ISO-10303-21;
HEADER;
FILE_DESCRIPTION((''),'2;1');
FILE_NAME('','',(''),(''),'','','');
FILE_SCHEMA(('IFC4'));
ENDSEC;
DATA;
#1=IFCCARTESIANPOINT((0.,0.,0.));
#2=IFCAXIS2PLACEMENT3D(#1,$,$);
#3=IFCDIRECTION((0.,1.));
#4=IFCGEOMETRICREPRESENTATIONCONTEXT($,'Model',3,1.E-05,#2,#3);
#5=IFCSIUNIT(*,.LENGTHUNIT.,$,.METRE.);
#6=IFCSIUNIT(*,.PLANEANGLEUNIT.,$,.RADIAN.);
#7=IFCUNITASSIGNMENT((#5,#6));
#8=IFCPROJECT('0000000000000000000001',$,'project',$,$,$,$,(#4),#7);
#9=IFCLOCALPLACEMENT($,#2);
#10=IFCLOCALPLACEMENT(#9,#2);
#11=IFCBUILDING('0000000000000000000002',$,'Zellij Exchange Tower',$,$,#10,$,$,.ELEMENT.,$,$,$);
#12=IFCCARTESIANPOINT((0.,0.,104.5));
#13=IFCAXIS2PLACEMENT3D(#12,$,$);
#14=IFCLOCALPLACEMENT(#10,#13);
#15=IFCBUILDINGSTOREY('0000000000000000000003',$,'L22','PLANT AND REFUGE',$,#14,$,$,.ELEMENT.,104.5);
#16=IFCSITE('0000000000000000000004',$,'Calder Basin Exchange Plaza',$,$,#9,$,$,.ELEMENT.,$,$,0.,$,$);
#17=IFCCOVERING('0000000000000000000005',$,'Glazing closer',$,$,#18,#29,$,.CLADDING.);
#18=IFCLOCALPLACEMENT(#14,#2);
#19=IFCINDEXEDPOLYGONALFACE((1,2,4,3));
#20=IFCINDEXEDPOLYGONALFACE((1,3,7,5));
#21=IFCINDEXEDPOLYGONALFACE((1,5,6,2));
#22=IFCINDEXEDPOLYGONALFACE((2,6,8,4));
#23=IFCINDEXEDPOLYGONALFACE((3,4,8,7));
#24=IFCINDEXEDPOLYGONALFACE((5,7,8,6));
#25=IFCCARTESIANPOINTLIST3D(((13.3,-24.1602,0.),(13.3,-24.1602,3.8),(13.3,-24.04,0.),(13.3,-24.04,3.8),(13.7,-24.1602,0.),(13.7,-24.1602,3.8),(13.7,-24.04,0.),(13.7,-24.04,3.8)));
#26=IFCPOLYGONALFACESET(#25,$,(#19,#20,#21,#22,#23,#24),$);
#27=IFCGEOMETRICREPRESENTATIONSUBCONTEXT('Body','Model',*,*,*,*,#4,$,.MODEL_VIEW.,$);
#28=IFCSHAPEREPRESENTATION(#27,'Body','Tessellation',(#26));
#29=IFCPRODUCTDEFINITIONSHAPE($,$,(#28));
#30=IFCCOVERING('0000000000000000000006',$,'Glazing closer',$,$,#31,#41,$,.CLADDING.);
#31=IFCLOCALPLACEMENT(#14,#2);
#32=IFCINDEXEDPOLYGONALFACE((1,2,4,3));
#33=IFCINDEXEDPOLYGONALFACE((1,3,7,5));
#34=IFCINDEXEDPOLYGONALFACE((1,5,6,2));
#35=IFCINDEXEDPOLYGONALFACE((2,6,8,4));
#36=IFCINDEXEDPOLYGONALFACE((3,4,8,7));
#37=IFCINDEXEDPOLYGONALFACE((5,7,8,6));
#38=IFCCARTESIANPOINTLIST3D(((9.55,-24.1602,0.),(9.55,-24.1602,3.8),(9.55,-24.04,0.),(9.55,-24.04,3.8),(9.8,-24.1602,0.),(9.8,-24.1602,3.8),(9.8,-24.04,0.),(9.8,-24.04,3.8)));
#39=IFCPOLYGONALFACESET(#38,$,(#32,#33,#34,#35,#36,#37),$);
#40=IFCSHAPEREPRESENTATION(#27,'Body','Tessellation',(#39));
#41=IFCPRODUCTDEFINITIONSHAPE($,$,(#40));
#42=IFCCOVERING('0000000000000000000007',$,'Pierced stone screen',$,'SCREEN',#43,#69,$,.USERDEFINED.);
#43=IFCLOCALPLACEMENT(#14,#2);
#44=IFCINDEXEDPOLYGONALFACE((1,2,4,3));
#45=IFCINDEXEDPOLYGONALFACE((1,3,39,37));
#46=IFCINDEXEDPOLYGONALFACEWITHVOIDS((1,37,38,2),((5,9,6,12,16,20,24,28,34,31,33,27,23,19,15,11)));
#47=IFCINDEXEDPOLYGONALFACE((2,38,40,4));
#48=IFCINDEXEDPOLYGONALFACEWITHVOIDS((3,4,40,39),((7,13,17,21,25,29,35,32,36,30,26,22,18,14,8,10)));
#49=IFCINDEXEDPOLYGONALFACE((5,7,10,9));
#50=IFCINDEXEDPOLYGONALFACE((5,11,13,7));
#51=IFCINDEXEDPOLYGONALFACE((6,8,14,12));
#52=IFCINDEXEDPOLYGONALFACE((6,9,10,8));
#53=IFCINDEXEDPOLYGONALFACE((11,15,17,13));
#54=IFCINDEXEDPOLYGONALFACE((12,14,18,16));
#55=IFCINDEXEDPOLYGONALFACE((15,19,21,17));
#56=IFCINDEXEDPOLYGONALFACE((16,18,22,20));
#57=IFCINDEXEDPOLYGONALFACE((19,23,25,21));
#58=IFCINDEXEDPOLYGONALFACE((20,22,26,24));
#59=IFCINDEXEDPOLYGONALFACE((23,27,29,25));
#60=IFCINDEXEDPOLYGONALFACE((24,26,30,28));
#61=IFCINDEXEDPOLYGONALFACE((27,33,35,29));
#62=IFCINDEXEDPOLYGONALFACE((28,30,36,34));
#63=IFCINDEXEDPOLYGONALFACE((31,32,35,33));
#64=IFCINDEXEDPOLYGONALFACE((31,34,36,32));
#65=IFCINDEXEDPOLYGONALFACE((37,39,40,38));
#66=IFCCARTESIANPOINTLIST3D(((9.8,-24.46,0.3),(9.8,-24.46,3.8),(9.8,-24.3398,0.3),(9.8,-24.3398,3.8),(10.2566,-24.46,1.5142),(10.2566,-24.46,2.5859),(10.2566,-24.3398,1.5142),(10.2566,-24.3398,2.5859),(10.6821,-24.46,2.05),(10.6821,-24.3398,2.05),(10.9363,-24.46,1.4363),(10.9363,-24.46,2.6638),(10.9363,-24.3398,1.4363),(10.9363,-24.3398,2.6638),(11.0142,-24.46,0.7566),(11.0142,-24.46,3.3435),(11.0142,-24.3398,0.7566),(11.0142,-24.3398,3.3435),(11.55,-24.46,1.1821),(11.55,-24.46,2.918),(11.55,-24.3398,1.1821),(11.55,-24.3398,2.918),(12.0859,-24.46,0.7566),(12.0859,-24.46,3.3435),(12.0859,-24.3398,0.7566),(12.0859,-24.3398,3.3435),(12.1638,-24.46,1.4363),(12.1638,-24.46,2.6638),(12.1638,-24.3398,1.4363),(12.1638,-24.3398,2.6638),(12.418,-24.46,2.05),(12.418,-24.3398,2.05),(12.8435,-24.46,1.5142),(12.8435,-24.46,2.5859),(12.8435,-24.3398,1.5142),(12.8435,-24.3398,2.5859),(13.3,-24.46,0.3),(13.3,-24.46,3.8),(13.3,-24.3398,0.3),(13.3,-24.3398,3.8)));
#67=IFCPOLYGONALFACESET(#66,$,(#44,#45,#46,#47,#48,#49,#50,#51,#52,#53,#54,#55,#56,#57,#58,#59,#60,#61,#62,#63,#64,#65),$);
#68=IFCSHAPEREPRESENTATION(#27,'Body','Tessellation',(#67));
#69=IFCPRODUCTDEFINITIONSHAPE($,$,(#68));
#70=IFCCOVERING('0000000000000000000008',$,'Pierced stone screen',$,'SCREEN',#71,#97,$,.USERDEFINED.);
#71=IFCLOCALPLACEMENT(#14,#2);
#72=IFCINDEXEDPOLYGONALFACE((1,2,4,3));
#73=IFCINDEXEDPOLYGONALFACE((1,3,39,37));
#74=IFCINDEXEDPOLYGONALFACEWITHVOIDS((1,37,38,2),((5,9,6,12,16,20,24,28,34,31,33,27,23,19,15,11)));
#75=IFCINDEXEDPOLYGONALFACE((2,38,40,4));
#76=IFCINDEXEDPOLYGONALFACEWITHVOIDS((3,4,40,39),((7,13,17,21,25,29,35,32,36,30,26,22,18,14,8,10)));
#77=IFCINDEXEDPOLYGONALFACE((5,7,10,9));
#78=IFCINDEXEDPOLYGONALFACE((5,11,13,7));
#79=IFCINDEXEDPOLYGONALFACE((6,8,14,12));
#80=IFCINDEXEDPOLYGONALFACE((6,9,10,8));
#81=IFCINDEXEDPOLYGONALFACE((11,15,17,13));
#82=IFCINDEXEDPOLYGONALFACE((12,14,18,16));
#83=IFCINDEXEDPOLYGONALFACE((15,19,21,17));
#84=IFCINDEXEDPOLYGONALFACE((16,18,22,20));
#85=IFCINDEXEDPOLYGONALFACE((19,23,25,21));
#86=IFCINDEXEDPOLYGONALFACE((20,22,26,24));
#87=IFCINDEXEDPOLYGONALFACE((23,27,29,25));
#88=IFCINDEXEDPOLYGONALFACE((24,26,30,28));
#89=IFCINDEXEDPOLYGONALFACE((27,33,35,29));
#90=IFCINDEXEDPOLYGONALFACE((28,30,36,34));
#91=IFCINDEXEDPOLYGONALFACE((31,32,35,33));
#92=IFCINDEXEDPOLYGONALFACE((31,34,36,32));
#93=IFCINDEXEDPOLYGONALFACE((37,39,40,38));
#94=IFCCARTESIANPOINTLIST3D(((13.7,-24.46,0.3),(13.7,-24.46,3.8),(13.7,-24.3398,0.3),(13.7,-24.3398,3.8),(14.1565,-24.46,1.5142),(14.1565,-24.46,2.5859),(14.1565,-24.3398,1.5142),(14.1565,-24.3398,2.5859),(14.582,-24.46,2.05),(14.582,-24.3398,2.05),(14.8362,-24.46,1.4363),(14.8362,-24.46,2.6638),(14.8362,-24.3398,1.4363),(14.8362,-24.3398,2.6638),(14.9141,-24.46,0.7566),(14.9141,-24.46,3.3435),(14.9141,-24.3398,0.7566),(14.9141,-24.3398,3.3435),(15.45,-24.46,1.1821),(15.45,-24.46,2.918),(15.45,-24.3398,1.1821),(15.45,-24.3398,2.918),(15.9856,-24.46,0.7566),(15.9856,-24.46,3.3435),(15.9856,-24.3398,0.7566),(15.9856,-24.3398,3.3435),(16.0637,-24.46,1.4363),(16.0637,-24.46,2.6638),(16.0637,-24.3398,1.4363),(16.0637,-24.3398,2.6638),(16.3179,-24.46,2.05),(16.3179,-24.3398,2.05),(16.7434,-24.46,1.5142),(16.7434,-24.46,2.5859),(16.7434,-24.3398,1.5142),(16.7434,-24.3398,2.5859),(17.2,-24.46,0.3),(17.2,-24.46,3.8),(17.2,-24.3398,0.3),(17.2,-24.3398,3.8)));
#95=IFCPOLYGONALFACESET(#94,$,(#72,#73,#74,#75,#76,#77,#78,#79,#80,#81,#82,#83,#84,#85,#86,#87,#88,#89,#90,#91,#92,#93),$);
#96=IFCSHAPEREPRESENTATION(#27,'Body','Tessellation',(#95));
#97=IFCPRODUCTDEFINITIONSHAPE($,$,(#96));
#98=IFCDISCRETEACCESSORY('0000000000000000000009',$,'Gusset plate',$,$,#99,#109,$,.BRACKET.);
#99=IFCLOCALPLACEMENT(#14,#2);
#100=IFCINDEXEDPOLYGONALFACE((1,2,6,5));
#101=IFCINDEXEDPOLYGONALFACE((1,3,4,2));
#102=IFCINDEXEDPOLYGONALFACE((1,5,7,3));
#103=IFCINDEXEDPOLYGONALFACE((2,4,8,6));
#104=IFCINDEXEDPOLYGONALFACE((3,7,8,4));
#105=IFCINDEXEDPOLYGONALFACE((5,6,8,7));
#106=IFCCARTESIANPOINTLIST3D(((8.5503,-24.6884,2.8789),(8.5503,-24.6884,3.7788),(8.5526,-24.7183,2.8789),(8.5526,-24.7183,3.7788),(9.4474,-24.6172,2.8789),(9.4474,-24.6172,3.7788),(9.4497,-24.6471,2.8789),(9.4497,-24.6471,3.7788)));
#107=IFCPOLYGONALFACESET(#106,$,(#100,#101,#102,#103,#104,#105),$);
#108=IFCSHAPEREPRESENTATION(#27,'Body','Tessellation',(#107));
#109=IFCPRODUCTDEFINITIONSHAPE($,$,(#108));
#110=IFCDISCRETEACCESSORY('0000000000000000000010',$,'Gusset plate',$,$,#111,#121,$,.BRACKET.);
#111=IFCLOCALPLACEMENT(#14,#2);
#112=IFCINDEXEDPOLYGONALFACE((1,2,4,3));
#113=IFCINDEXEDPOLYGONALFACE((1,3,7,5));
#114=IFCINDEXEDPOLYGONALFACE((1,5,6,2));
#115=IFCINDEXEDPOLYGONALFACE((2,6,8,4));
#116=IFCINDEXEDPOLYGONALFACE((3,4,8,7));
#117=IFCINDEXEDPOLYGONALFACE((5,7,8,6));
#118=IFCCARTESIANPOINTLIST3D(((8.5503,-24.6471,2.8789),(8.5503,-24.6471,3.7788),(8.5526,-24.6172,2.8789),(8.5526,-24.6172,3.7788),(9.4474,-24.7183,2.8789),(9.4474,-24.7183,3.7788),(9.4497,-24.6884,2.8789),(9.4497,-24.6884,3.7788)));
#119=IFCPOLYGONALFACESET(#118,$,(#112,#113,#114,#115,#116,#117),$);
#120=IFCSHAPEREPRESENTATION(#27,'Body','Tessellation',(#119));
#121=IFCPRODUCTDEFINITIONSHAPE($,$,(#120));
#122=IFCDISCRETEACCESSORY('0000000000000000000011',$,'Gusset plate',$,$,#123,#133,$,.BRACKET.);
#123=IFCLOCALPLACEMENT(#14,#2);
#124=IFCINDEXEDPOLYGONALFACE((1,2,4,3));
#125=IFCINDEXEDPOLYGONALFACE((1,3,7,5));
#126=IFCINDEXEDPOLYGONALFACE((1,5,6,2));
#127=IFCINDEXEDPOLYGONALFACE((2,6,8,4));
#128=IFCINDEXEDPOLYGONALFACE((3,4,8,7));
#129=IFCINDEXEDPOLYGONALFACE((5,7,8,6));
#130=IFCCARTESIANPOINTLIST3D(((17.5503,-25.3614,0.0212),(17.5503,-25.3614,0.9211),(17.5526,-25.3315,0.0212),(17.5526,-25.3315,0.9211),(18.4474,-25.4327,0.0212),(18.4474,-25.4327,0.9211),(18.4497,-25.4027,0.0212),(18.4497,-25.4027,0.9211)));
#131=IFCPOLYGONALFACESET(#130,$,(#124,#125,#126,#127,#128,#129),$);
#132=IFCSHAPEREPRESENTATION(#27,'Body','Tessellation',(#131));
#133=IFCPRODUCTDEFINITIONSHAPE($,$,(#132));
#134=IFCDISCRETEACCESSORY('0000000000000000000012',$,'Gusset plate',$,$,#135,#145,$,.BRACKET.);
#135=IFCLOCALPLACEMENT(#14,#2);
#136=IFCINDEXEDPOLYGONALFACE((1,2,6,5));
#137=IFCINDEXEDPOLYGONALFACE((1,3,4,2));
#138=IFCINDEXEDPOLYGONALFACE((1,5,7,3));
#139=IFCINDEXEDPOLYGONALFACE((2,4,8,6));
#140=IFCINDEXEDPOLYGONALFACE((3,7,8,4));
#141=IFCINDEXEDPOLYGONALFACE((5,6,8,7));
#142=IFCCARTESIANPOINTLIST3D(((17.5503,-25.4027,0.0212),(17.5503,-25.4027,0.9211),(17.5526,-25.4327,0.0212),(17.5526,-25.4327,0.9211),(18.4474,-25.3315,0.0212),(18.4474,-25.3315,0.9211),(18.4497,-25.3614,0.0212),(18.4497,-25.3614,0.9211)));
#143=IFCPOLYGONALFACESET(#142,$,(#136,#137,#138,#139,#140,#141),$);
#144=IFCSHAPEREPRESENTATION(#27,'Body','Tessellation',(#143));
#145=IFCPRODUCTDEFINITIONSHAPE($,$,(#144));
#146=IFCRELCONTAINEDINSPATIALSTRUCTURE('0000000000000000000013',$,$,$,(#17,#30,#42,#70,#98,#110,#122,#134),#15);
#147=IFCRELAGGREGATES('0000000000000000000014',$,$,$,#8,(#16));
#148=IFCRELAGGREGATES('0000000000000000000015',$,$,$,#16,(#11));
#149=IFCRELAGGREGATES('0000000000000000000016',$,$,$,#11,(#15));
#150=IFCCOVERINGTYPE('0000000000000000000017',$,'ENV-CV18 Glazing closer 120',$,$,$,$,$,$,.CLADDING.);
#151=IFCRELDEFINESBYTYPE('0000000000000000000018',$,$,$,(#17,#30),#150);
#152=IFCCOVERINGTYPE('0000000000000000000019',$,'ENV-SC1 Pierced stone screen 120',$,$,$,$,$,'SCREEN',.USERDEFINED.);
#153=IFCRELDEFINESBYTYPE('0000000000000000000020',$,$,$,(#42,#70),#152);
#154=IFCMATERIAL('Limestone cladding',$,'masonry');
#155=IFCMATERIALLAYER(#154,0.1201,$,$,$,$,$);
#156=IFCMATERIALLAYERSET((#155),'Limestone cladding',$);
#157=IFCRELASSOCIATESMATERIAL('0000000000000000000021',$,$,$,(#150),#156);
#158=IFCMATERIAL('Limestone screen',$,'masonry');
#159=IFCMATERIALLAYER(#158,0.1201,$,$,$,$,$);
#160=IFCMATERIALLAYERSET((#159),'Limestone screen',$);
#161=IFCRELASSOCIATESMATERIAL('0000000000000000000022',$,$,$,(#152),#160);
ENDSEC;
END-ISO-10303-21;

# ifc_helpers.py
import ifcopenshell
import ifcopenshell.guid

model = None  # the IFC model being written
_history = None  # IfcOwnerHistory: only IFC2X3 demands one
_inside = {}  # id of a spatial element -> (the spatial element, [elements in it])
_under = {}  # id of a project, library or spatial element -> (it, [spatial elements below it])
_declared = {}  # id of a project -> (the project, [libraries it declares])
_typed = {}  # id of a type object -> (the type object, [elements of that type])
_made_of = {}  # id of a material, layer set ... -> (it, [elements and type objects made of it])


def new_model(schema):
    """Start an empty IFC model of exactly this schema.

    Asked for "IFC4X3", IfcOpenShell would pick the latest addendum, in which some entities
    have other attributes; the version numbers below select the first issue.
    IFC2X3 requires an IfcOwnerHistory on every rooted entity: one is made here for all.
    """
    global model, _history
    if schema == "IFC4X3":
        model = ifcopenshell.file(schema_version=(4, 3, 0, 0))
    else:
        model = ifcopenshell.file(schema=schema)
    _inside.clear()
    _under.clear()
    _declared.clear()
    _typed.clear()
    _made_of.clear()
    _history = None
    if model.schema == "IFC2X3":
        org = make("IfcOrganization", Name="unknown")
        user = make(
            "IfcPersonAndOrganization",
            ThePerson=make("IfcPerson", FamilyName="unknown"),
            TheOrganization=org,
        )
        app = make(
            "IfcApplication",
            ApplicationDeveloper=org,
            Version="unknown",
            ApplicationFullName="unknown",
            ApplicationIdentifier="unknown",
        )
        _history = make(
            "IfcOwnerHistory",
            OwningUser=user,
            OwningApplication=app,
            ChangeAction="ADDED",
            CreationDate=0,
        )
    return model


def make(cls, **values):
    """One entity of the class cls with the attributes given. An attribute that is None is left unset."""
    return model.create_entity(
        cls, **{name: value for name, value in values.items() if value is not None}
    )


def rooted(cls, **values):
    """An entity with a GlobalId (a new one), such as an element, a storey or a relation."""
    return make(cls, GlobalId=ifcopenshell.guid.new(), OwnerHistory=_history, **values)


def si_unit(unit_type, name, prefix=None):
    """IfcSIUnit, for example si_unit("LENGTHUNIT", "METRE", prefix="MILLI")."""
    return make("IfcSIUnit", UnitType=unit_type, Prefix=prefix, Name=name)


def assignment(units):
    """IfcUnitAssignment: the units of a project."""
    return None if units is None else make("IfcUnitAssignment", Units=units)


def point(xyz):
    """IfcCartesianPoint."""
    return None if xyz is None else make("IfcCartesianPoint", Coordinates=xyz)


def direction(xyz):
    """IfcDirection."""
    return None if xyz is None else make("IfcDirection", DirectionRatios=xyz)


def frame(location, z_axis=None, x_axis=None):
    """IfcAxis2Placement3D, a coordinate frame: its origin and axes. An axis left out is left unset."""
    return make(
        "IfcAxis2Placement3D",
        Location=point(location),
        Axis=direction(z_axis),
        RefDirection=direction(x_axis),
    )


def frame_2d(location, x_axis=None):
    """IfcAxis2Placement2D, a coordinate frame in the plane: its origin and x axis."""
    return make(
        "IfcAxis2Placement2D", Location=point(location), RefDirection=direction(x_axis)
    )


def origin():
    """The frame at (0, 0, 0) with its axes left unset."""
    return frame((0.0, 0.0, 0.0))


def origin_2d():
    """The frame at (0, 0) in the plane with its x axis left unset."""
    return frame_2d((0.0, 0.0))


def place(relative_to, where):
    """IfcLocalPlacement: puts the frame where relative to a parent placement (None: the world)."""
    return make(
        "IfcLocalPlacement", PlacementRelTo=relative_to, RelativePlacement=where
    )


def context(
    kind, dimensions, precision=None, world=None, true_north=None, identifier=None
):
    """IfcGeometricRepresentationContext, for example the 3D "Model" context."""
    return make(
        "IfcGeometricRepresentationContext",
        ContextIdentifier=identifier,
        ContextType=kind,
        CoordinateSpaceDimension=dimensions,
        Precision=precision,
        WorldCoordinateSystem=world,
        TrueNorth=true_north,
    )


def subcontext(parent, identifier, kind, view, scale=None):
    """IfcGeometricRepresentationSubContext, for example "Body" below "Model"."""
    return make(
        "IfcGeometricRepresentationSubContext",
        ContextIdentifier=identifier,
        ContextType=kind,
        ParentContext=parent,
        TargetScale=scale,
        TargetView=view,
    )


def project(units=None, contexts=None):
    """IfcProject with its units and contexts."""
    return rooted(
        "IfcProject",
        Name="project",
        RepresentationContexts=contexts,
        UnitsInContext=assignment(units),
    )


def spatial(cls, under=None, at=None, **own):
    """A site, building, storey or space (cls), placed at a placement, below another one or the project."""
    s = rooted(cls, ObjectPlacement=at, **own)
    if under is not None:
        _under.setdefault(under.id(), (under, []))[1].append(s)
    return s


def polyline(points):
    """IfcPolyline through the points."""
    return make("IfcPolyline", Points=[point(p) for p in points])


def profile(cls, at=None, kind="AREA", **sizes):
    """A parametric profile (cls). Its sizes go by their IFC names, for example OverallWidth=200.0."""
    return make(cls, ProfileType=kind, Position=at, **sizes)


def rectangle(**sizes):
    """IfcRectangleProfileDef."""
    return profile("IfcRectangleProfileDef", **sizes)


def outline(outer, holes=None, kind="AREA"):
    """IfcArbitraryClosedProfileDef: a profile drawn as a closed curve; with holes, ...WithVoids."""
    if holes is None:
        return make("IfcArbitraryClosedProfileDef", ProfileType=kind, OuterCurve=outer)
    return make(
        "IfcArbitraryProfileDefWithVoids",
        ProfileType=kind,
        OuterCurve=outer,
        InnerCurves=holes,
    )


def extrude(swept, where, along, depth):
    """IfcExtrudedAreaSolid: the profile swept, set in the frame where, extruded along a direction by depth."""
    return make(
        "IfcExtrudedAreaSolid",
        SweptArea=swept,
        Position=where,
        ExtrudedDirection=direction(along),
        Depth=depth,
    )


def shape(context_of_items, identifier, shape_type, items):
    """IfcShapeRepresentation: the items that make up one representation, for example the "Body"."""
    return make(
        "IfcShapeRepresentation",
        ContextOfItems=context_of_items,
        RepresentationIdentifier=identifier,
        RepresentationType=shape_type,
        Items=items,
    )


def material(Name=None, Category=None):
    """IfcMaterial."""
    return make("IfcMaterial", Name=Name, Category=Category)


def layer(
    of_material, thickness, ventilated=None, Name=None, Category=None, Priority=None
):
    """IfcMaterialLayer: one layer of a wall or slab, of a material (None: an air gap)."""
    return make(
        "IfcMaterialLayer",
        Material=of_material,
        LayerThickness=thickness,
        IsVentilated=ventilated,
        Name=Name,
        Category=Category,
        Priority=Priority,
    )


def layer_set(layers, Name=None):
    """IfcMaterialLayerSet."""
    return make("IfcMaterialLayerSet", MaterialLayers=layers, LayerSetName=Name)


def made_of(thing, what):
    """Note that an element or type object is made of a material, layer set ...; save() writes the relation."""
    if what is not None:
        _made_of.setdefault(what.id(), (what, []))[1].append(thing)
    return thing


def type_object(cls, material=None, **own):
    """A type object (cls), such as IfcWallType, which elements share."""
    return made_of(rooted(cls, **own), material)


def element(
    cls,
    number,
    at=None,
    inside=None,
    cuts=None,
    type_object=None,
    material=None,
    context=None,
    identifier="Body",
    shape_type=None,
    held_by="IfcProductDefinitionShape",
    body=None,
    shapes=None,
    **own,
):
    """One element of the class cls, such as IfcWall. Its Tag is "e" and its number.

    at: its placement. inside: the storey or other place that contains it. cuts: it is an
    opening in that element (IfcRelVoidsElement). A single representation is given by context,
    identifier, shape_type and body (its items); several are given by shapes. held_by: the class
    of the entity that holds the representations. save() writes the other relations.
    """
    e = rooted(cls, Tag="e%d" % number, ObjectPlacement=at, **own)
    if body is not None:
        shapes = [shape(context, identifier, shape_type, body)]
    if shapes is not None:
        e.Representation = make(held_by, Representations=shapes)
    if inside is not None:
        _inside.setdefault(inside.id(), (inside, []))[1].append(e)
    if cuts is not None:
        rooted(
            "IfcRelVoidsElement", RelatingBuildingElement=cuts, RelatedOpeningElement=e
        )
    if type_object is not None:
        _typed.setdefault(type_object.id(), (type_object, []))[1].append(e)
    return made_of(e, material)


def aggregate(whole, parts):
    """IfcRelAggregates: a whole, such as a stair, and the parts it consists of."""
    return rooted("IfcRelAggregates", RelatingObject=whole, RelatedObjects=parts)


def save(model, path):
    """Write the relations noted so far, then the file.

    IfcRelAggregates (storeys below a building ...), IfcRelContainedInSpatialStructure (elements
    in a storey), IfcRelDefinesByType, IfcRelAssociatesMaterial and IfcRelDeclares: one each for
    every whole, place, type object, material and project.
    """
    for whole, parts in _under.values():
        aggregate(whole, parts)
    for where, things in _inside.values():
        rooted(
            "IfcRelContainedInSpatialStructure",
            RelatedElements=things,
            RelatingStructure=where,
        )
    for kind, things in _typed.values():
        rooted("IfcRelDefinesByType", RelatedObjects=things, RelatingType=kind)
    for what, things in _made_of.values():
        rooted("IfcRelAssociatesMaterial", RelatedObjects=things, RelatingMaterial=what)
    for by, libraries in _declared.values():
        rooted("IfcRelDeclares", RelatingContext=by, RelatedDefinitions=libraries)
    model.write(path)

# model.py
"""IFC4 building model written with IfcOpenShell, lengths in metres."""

from ifc_helpers import new_model, si_unit, direction, frame, origin, origin_2d, place, context, subcontext, project, spatial, polyline, rectangle, outline, extrude, material, layer, layer_set, type_object, element, save


model = new_model("IFC4")

# Units and contexts
model_context = context("Model", 3, precision=1e-05, world=origin(), true_north=direction((0.0, 1.0)))
body_context = subcontext(model_context, "Body", "Model", "MODEL_VIEW")
ifc_project = project(units=[si_unit("LENGTHUNIT", "METRE"), si_unit("PLANEANGLEUNIT", "RADIAN")], contexts=[model_context])

# Site, building, storey
site_placement = place(None, origin())
site = spatial("IfcSite", under=ifc_project, at=site_placement, Name="Calder Basin Exchange Plaza", CompositionType="ELEMENT", RefElevation=0.0)
building_placement = place(site_placement, origin())
building = spatial("IfcBuilding", under=site, at=building_placement, Name="Zellij Exchange Tower", CompositionType="ELEMENT")
storey_placement = place(building_placement, frame((0.0, 0.0, 104.5)))
storey = spatial("IfcBuildingStorey", under=building, at=storey_placement, Name="L22", Description="PLANT AND REFUGE", CompositionType="ELEMENT", Elevation=104.5)

# Coverings
ifc_material_1 = material(Name="Limestone cladding", Category="masonry")
ifc_layer_1 = layer(ifc_material_1, 0.1201)
ifc_layer_set_1 = layer_set([ifc_layer_1], Name="Limestone cladding")
covering_type_1 = type_object("IfcCoveringType", Name="ENV-CV18 Glazing closer 120", PredefinedType="CLADDING", material=ifc_layer_set_1)
covering_1_placement = place(storey_placement, frame((13.5, -24.1001, 0.0), z_axis=(0.0, 0.0, 1.0), x_axis=(1.0, 0.0, 0.0)))
element("IfcCovering", 1, at=covering_1_placement, inside=storey, type_object=covering_type_1, Name="Glazing closer", PredefinedType="CLADDING", context=body_context, shape_type="SweptSolid", body=[
    extrude(rectangle(XDim=0.3999, YDim=0.1201, at=origin_2d()), origin(), (0.0, 0.0, 1.0), 3.8),
])
covering_2_placement = place(storey_placement, frame((9.675, -24.1001, 0.0), z_axis=(0.0, 0.0, 1.0), x_axis=(-1.0, 0.0, 0.0)))
element("IfcCovering", 2, at=covering_2_placement, inside=storey, type_object=covering_type_1, Name="Glazing closer", PredefinedType="CLADDING", context=body_context, shape_type="SweptSolid", body=[
    extrude(rectangle(XDim=0.25, YDim=0.1201, at=origin_2d()), origin(), (0.0, 0.0, 1.0), 3.8),
])
ifc_material_2 = material(Name="Limestone screen", Category="masonry")
ifc_layer_2 = layer(ifc_material_2, 0.1201)
ifc_layer_set_2 = layer_set([ifc_layer_2], Name="Limestone screen")
covering_type_2 = type_object("IfcCoveringType", Name="ENV-SC1 Pierced stone screen 120", ElementType="SCREEN", PredefinedType="USERDEFINED", material=ifc_layer_set_2)
covering_3_placement = place(storey_placement, frame((9.8, -24.3999, 0.3), z_axis=(0.0, 0.0, 1.0), x_axis=(1.0, 0.0, 0.0)))
element("IfcCovering", 3, at=covering_3_placement, inside=storey, type_object=covering_type_2, Name="Pierced stone screen", ObjectType="SCREEN", PredefinedType="USERDEFINED", context=body_context, shape_type="SweptSolid", body=[
    extrude(outline(polyline([(0.0, 0.0), (3.5, 0.0), (3.5, 3.5), (0.0, 3.5), (0.0, 0.0)]), holes=[polyline([(3.0435, 2.2859), (2.3638, 2.3638), (2.2859, 3.0435), (1.75, 2.6179), (1.2141, 3.0435), (1.1362, 2.3638), (0.4565, 2.2859), (0.8821, 1.75), (0.4565, 1.2141), (1.1362, 1.1362), (1.2141, 0.4565), (1.75, 0.8821), (2.2859, 0.4565), (2.3638, 1.1362), (3.0435, 1.2141), (2.6179, 1.75), (3.0435, 2.2859)])]), frame((0.0, 0.0601, 0.0), z_axis=(0.0, -1.0, 0.0), x_axis=(1.0, 0.0, 0.0)), (0.0, 0.0, 1.0), 0.1201),
])
covering_4_placement = place(storey_placement, frame((13.7, -24.3999, 0.3), z_axis=(0.0, 0.0, 1.0), x_axis=(1.0, 0.0, 0.0)))
element("IfcCovering", 4, at=covering_4_placement, inside=storey, type_object=covering_type_2, Name="Pierced stone screen", ObjectType="SCREEN", PredefinedType="USERDEFINED", context=body_context, shape_type="SweptSolid", body=[
    extrude(outline(polyline([(0.0, 0.0), (3.5, 0.0), (3.5, 3.5), (0.0, 3.5), (0.0, 0.0)]), holes=[polyline([(3.0435, 2.2859), (2.3638, 2.3638), (2.2856, 3.0435), (1.75, 2.6179), (1.2141, 3.0435), (1.1362, 2.3638), (0.4565, 2.2859), (0.8821, 1.75), (0.4565, 1.2141), (1.1362, 1.1362), (1.2141, 0.4565), (1.75, 0.8821), (2.2856, 0.4565), (2.3638, 1.1362), (3.0435, 1.2141), (2.6179, 1.75), (3.0435, 2.2859)])]), frame((0.0, 0.0601, 0.0), z_axis=(0.0, -1.0, 0.0), x_axis=(1.0, 0.0, 0.0)), (0.0, 0.0, 1.0), 0.1201),
])

# Discrete accessories
for number, where, z_axis, x_axis, name in (
    (5, (9.0, -24.6677, 2.8789), (0.0, 0.0, 1.0), (0.996864, 0.079129, 0.0), "Gusset plate"),
    (6, (9.0, -24.6677, 2.8789), (0.0, 0.0, 1.0), (0.996864, -0.079129, 0.0), "Gusset plate"),
    (7, (18.0, -25.3821, 0.0212), (0.0, 0.0, 1.0), (0.996864, -0.079129, 0.0), "Gusset plate"),
    (8, (18.0, -25.3821, 0.0212), (0.0, 0.0, 1.0), (0.996864, 0.079129, 0.0), "Gusset plate"),
):
    element("IfcDiscreteAccessory", number, at=place(storey_placement, frame(where, z_axis=z_axis, x_axis=x_axis)), inside=storey, Name=name, PredefinedType="BRACKET", context=body_context, shape_type="SweptSolid", body=[
        extrude(rectangle(XDim=0.8999, YDim=0.03, at=origin_2d()), origin(), (0.0, 0.0, 1.0), 0.8999),
    ])

save(model, "model.ifc")
